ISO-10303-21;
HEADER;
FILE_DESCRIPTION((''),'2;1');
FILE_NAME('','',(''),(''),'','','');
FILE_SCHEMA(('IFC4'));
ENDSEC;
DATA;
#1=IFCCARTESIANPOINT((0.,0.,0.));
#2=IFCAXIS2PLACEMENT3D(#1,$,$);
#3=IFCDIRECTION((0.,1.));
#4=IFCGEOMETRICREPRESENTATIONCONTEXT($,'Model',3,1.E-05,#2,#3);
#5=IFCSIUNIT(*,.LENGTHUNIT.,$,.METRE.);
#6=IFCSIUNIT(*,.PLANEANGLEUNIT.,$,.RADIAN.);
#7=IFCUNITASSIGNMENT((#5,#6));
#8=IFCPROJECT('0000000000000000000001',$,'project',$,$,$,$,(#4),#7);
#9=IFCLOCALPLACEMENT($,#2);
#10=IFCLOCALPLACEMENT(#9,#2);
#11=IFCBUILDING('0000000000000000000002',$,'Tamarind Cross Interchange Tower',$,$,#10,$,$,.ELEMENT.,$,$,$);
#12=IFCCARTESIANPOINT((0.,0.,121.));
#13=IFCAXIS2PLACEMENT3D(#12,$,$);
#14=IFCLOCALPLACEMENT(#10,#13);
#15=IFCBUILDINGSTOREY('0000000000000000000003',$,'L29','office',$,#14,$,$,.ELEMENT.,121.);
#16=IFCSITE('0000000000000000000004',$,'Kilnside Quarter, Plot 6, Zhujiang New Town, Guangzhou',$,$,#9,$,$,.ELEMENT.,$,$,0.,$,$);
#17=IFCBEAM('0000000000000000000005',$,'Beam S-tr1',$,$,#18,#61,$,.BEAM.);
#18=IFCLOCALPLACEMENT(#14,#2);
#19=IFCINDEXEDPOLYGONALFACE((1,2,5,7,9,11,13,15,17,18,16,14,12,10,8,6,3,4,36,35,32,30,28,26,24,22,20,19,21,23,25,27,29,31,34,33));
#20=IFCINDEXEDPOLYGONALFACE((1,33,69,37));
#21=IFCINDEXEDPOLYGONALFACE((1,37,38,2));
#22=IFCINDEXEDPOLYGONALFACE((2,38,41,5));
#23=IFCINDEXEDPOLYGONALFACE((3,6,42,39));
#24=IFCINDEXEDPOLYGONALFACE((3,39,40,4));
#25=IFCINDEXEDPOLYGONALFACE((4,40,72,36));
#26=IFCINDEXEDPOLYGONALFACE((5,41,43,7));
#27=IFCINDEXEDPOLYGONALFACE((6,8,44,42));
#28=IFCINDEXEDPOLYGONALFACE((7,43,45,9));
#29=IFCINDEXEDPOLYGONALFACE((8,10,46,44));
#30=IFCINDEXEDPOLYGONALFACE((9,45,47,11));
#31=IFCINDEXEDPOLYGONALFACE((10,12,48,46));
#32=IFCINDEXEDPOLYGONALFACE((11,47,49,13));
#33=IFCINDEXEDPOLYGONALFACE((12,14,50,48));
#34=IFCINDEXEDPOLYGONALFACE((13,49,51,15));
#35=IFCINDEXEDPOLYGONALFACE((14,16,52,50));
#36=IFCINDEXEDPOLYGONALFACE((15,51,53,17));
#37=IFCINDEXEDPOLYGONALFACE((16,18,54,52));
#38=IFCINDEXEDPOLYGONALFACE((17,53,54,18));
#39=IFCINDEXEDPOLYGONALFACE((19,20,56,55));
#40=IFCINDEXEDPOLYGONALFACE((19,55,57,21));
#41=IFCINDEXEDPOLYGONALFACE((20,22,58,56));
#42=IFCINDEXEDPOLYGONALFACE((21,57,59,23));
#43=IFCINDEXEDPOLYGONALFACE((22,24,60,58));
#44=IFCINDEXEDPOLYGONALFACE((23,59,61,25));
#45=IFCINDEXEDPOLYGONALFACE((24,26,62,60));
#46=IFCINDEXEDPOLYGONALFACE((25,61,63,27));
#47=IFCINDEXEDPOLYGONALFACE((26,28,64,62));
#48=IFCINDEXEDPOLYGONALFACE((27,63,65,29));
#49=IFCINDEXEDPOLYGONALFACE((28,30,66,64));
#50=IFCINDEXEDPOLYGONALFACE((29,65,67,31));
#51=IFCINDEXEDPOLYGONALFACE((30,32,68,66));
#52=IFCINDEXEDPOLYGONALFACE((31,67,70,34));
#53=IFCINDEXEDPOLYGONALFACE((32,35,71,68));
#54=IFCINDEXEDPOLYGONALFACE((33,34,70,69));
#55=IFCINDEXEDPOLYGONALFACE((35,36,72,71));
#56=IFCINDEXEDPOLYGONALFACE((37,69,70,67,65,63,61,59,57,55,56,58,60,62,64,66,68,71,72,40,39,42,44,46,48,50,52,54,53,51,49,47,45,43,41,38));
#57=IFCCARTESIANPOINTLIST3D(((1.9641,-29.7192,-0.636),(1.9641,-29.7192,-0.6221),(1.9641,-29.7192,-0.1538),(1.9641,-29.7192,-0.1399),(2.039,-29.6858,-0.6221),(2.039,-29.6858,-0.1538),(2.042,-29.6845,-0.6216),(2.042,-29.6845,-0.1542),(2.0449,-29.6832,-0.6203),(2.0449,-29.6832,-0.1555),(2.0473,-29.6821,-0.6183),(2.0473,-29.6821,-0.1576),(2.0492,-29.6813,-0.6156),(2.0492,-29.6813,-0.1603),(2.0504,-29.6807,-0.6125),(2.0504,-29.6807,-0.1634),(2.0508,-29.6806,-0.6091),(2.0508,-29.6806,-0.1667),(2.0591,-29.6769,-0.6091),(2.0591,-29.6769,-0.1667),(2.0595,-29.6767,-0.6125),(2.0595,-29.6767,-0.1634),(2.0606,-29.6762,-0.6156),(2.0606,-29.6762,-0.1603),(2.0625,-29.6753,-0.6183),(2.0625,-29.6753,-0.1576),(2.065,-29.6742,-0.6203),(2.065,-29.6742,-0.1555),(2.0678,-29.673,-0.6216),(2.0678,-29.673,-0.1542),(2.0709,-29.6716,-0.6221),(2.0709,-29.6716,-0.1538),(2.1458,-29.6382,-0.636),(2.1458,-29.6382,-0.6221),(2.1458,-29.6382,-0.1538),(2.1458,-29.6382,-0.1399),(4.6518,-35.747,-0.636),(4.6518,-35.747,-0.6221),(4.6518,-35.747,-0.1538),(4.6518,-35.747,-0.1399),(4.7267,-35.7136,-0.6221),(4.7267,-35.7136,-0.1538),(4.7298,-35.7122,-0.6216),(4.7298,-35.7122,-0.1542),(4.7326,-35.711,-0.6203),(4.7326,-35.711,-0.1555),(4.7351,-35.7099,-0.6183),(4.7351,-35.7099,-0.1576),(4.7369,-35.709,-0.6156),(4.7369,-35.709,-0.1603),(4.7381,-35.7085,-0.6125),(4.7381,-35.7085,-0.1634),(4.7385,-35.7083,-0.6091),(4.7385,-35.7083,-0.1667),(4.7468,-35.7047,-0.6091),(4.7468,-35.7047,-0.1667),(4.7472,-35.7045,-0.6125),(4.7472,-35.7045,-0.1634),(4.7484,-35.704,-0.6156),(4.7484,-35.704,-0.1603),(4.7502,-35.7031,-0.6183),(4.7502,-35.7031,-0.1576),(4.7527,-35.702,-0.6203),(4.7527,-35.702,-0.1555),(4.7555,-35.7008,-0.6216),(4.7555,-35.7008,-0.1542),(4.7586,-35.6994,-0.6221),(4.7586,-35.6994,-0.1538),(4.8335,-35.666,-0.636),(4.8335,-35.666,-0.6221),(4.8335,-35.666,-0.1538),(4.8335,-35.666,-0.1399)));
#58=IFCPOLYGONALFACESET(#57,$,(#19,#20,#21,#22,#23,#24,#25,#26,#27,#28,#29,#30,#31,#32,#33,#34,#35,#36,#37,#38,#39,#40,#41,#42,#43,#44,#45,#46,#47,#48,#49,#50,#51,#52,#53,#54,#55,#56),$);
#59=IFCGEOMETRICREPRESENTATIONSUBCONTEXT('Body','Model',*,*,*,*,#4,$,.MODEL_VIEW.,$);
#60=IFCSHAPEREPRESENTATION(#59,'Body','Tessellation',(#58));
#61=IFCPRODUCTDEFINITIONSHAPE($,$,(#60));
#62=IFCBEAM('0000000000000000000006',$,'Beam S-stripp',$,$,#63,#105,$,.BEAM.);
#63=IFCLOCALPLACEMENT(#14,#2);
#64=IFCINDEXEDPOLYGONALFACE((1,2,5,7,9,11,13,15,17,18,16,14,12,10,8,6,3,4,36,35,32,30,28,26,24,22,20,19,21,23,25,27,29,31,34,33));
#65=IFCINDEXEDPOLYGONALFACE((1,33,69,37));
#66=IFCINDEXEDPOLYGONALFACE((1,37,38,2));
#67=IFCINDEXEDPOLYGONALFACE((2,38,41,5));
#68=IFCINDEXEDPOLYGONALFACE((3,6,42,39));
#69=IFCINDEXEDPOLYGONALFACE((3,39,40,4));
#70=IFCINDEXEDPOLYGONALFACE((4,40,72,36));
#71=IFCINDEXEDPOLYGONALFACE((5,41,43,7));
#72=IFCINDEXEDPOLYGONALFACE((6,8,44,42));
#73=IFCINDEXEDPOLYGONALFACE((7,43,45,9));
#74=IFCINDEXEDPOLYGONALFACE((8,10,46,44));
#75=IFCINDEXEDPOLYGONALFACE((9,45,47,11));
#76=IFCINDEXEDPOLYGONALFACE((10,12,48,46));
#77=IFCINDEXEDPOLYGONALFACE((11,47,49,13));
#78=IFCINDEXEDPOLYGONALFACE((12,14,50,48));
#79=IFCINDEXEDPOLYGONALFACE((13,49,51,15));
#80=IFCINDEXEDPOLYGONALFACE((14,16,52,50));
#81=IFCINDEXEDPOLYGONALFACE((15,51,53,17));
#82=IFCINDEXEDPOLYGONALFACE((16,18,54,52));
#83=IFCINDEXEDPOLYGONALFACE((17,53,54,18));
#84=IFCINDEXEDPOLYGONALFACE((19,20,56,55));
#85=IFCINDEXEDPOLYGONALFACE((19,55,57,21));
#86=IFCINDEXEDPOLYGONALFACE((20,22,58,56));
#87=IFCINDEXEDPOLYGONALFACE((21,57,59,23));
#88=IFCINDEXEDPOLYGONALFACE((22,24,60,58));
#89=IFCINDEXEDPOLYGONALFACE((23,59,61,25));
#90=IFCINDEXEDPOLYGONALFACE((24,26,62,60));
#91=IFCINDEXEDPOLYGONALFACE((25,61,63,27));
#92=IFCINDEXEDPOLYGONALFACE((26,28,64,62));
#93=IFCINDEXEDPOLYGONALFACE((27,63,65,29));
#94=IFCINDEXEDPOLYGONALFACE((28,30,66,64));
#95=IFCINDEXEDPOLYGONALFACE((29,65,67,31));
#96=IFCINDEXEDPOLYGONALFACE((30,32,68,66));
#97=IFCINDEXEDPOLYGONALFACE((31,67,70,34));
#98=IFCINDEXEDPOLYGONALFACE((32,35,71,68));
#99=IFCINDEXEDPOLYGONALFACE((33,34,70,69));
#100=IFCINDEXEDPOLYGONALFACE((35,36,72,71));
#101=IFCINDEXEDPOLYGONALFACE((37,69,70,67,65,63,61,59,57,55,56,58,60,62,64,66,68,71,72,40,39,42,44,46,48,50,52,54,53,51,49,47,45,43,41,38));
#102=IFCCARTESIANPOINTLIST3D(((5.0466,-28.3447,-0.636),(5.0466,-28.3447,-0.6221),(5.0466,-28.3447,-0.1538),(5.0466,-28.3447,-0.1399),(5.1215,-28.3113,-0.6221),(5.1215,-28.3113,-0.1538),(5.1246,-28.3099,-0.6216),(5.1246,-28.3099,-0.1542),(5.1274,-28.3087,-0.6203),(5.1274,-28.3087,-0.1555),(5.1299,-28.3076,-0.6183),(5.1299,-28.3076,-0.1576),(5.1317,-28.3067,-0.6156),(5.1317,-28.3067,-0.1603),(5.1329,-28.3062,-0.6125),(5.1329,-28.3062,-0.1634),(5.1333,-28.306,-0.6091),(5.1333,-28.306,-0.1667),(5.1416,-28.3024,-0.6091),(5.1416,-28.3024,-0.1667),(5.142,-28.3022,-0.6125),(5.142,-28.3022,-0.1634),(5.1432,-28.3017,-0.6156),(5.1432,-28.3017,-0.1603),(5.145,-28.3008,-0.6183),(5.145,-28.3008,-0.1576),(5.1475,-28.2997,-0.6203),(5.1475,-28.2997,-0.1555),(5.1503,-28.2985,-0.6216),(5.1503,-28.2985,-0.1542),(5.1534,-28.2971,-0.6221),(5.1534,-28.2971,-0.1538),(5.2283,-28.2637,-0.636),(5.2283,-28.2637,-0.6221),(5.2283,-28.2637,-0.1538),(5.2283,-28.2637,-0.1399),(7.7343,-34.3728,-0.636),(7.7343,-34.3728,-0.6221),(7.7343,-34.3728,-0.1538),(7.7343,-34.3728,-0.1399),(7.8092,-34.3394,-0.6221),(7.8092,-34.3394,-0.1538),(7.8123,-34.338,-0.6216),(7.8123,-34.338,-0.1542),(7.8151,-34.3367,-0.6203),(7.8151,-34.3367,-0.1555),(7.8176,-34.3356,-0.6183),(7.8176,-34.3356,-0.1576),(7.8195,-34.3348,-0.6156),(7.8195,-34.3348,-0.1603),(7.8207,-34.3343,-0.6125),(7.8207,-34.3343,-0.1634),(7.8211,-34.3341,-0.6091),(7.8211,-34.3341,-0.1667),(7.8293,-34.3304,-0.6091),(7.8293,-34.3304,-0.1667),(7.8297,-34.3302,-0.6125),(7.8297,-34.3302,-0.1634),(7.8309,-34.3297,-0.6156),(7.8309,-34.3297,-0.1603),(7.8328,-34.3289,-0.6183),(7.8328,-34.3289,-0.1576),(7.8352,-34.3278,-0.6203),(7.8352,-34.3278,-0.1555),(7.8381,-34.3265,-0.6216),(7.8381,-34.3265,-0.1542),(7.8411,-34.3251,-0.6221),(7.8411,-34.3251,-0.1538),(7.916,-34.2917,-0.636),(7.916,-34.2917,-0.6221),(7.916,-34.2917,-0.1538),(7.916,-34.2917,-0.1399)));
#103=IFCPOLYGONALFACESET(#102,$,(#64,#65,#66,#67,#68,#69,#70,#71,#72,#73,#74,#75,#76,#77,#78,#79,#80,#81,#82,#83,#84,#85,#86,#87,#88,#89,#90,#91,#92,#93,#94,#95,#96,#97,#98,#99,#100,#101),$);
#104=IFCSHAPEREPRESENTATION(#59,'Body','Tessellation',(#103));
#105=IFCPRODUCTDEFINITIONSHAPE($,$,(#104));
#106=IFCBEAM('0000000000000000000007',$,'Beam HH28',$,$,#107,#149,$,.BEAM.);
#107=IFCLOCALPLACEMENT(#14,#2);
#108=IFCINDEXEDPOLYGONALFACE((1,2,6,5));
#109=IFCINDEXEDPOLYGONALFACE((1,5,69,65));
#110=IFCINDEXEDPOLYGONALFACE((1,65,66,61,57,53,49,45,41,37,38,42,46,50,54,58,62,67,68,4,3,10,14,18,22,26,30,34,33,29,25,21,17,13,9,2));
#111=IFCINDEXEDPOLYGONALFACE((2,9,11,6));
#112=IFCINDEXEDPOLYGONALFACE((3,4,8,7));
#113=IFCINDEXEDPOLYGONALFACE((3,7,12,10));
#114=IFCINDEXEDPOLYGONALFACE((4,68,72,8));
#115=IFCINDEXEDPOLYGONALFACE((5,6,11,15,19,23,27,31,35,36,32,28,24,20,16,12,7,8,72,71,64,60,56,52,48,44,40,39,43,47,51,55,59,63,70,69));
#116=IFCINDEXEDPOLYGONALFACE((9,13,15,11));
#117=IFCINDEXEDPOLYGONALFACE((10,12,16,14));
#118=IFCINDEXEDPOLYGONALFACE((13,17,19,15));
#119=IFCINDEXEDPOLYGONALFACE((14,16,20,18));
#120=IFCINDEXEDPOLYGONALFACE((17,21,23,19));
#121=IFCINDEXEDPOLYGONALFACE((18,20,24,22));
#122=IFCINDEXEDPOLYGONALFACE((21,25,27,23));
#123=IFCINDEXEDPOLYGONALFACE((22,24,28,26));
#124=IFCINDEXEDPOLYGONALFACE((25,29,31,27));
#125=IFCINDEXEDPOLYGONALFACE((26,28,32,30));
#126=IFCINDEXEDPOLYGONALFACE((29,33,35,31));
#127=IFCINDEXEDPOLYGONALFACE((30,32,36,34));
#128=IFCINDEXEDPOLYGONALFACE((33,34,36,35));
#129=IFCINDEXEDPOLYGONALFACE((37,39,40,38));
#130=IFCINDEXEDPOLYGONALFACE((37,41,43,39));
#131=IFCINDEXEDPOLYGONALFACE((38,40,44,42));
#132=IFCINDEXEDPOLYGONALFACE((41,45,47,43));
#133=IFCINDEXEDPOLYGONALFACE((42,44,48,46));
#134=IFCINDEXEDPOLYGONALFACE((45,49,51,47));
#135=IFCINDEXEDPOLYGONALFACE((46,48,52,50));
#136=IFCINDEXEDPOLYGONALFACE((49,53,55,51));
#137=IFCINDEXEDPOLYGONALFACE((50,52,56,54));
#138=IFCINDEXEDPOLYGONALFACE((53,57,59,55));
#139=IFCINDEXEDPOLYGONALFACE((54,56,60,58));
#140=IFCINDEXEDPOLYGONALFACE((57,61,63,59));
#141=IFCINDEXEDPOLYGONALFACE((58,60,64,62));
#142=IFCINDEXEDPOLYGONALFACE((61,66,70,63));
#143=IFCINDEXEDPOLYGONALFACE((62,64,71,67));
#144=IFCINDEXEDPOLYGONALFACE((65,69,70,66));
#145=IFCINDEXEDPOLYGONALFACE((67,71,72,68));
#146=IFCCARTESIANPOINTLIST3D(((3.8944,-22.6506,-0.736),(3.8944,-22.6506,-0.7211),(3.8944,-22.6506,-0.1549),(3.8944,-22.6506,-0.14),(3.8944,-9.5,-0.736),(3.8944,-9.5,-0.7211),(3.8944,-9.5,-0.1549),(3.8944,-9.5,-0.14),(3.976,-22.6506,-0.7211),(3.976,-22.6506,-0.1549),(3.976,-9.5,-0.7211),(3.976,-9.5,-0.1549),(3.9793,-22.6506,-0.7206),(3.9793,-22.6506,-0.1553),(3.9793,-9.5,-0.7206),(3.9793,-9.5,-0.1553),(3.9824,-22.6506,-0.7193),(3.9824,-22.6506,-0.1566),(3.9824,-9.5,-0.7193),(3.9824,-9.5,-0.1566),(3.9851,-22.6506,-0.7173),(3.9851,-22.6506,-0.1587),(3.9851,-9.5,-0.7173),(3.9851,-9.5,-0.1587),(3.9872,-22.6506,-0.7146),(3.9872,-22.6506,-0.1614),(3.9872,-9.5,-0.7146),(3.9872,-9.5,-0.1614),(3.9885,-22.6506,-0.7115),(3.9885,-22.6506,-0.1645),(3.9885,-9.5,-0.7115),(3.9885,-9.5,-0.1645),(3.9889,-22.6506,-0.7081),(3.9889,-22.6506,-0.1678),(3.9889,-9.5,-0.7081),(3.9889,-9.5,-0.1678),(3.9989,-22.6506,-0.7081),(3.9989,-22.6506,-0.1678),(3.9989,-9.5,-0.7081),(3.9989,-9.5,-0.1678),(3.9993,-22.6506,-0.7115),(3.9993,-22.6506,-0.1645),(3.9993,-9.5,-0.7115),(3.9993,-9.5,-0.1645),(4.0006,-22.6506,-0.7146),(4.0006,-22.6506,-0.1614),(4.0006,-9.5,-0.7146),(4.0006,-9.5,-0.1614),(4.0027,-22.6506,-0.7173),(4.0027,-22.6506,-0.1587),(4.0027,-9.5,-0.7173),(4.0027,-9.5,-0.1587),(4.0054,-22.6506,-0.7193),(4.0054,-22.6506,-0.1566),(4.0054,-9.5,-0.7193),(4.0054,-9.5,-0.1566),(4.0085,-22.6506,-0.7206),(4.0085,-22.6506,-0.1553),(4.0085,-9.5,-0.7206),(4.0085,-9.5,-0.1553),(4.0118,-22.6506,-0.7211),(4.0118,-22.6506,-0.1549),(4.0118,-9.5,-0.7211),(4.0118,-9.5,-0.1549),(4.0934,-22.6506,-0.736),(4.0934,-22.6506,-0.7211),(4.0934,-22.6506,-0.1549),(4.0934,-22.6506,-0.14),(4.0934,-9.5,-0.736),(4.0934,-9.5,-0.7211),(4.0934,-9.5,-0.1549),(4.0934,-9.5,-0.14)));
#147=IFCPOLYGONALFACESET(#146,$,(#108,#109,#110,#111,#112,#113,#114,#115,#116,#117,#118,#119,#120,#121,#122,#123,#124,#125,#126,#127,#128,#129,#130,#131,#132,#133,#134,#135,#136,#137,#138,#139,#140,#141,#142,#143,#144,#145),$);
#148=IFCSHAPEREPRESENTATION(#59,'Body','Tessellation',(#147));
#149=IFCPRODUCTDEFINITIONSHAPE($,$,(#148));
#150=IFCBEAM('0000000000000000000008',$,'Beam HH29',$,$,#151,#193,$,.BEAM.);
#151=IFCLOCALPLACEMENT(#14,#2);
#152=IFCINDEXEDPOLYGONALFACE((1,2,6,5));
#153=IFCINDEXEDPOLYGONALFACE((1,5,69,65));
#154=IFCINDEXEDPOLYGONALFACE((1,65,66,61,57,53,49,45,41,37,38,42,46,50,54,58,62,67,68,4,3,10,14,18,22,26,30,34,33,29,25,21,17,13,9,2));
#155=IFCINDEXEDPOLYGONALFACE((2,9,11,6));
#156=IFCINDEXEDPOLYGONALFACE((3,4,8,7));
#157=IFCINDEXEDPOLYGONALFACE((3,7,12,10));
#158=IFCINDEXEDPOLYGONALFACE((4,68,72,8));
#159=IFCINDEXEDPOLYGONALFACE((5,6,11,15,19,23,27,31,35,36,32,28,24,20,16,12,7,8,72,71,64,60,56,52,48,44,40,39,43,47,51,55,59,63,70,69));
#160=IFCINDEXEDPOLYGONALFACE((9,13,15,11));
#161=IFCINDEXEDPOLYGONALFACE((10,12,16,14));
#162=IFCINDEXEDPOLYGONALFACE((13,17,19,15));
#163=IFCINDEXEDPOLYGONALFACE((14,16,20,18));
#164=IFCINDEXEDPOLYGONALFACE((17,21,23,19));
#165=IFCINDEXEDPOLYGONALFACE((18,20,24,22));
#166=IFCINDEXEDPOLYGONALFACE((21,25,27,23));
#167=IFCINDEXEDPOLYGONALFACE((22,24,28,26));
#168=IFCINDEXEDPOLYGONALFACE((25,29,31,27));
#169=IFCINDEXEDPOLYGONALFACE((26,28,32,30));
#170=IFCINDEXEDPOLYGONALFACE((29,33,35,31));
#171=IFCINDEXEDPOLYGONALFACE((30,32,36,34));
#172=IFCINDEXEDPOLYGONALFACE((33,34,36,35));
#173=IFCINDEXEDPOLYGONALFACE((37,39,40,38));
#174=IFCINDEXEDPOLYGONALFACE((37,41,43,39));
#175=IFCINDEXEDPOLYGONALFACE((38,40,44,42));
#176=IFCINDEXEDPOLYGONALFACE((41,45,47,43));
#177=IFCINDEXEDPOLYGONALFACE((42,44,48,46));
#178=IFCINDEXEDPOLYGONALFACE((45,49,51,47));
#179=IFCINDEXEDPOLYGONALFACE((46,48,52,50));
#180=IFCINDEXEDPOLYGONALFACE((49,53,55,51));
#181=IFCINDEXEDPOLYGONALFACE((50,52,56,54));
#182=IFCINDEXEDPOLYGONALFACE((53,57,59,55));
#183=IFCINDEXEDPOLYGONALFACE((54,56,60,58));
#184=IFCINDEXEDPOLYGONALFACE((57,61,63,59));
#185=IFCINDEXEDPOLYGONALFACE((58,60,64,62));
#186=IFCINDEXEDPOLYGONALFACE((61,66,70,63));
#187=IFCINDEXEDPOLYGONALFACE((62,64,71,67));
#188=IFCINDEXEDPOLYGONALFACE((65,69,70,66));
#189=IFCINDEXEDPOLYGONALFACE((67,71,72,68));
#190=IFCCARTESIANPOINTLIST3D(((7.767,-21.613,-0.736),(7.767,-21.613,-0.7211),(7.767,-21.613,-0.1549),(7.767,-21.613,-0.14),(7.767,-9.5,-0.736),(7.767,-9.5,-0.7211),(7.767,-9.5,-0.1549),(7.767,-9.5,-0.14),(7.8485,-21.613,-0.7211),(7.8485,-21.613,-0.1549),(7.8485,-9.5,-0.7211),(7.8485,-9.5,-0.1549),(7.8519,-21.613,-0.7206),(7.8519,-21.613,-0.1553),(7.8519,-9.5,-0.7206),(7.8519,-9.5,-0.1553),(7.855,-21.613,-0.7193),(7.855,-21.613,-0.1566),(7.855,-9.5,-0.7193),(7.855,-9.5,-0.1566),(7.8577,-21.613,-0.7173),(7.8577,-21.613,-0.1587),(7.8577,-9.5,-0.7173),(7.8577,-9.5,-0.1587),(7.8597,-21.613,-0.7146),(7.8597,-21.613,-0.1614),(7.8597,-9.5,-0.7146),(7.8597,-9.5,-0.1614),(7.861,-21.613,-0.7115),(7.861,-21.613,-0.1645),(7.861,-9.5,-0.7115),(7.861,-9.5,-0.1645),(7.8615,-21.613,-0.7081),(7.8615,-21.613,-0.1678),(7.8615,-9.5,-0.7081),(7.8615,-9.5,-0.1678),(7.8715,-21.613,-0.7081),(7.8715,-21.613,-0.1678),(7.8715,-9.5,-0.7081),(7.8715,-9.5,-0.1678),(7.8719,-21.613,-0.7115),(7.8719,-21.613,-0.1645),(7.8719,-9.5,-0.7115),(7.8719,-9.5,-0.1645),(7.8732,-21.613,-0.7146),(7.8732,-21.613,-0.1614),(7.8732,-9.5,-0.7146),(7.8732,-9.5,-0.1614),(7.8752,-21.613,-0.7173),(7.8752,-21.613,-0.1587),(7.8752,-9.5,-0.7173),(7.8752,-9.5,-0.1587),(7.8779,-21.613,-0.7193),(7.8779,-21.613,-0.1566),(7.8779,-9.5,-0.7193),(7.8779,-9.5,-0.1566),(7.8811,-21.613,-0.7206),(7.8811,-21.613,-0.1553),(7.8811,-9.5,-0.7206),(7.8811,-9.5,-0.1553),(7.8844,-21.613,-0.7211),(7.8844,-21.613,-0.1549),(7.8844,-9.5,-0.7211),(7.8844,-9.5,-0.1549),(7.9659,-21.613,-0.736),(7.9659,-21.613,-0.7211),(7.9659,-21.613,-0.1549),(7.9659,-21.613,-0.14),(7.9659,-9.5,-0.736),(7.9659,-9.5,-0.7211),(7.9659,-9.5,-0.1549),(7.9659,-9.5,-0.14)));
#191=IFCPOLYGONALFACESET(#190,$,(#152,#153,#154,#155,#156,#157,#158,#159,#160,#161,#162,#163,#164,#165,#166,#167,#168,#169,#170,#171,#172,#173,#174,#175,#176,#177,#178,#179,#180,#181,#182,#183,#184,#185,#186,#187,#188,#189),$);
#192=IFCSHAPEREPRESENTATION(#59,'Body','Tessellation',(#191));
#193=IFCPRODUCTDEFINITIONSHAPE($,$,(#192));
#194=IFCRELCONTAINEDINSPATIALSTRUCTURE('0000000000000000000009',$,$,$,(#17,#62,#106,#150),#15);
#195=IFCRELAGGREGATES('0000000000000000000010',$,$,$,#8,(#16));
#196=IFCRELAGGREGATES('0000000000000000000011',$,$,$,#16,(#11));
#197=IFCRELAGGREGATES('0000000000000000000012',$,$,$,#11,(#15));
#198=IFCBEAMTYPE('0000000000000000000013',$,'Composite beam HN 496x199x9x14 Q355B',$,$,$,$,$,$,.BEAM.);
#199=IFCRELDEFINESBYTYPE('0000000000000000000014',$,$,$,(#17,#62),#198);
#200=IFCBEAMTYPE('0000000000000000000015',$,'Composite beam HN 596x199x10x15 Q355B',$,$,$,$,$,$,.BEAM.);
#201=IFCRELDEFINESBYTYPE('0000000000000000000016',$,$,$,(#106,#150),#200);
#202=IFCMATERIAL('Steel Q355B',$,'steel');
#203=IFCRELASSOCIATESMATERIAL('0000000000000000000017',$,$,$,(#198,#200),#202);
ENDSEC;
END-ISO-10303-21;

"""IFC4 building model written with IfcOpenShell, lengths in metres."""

from ifc_helpers import new_model, si_unit, direction, frame, origin, origin_2d, place, context, subcontext, project, spatial, i_section, extrude, material, material_profile, profile_set, type_object, element, save


model = new_model("IFC4")

# Units and contexts
model_context = context("Model", 3, precision=1e-05, world=origin(), true_north=direction((0.0, 1.0)))
body_context = subcontext(model_context, "Body", "Model", "MODEL_VIEW")
ifc_project = project(units=[si_unit("LENGTHUNIT", "METRE"), si_unit("PLANEANGLEUNIT", "RADIAN")], contexts=[model_context])

# Site, building, storey
site_placement = place(None, origin())
site = spatial("IfcSite", under=ifc_project, at=site_placement, Name="Kilnside Quarter, Plot 6, Zhujiang New Town, Guangzhou", CompositionType="ELEMENT", RefElevation=0.0)
building_placement = place(site_placement, origin())
building = spatial("IfcBuilding", under=site, at=building_placement, Name="Tamarind Cross Interchange Tower", CompositionType="ELEMENT")
storey_placement = place(building_placement, frame((0.0, 0.0, 121.0)))
storey = spatial("IfcBuildingStorey", under=building, at=storey_placement, Name="L29", Description="office", CompositionType="ELEMENT", Elevation=121.0)

# Beams
ifc_material_1 = material(Name="Steel Q355B", Category="steel")
ifc_material_profile_1 = material_profile(ifc_material_1, i_section(OverallWidth=0.199, OverallDepth=0.4961, WebThickness=0.009, FlangeThickness=0.0139, FilletRadius=0.0129, at=origin_2d()), Name="HN 496x199x9x14")
ifc_profile_set_1 = profile_set([ifc_material_profile_1], Name="Steel Q355B")
beam_type_1 = type_object("IfcBeamType", Name="Composite beam HN 496x199x9x14 Q355B", PredefinedType="BEAM", material=ifc_profile_set_1)
beam_1_placement = place(storey_placement, frame((2.0549, -29.6787, -0.3879), z_axis=(0.40724, -0.913321, 0.0), x_axis=(0.913321, 0.40724, 0.0)))
element("IfcBeam", 1, at=beam_1_placement, inside=storey, type_object=beam_type_1, Name="Beam S-tr1", PredefinedType="BEAM", context=body_context, shape_type="SweptSolid", body=[
    extrude(i_section(OverallWidth=0.199, OverallDepth=0.4961, WebThickness=0.009, FlangeThickness=0.0139, FilletRadius=0.0129, at=origin_2d()), origin(), (0.0, 0.0, 1.0), 6.5999),
])
beam_2_placement = place(storey_placement, frame((5.1375, -28.3042, -0.3879), z_axis=(0.407226, -0.913327, 0.0), x_axis=(0.913327, 0.407226, 0.0)))
element("IfcBeam", 2, at=beam_2_placement, inside=storey, type_object=beam_type_1, Name="Beam S-stripp", PredefinedType="BEAM", context=body_context, shape_type="SweptSolid", body=[
    extrude(i_section(OverallWidth=0.199, OverallDepth=0.4961, WebThickness=0.009, FlangeThickness=0.0139, FilletRadius=0.0129, at=origin_2d()), origin(), (0.0, 0.0, 1.0), 6.6001),
])
ifc_material_profile_2 = material_profile(ifc_material_1, i_section(OverallWidth=0.199, OverallDepth=0.5959, WebThickness=0.01, FlangeThickness=0.0149, FilletRadius=0.0129, at=origin_2d()), Name="HN 596x199x10x15")
ifc_profile_set_2 = profile_set([ifc_material_profile_2], Name="Steel Q355B")
beam_type_2 = type_object("IfcBeamType", Name="Composite beam HN 596x199x10x15 Q355B", PredefinedType="BEAM", material=ifc_profile_set_2)
beam_3_placement = place(storey_placement, frame((3.9939, -22.6506, -0.438), z_axis=(0.0, 1.0, 0.0), x_axis=(-1.0, 0.0, 0.0)))
element("IfcBeam", 3, at=beam_3_placement, inside=storey, type_object=beam_type_2, Name="Beam HH28", PredefinedType="BEAM", context=body_context, shape_type="SweptSolid", body=[
    extrude(i_section(OverallWidth=0.199, OverallDepth=0.5959, WebThickness=0.01, FlangeThickness=0.0149, FilletRadius=0.0129, at=origin_2d()), origin(), (0.0, 0.0, 1.0), 13.1506),
])
beam_4_placement = place(storey_placement, frame((7.8665, -21.613, -0.438), z_axis=(0.0, 1.0, 0.0), x_axis=(-1.0, 0.0, 0.0)))
element("IfcBeam", 4, at=beam_4_placement, inside=storey, type_object=beam_type_2, Name="Beam HH29", PredefinedType="BEAM", context=body_context, shape_type="SweptSolid", body=[
    extrude(i_section(OverallWidth=0.199, OverallDepth=0.5959, WebThickness=0.01, FlangeThickness=0.0149, FilletRadius=0.0129, at=origin_2d()), origin(), (0.0, 0.0, 1.0), 12.113),
])

save(model, "model.ifc")
